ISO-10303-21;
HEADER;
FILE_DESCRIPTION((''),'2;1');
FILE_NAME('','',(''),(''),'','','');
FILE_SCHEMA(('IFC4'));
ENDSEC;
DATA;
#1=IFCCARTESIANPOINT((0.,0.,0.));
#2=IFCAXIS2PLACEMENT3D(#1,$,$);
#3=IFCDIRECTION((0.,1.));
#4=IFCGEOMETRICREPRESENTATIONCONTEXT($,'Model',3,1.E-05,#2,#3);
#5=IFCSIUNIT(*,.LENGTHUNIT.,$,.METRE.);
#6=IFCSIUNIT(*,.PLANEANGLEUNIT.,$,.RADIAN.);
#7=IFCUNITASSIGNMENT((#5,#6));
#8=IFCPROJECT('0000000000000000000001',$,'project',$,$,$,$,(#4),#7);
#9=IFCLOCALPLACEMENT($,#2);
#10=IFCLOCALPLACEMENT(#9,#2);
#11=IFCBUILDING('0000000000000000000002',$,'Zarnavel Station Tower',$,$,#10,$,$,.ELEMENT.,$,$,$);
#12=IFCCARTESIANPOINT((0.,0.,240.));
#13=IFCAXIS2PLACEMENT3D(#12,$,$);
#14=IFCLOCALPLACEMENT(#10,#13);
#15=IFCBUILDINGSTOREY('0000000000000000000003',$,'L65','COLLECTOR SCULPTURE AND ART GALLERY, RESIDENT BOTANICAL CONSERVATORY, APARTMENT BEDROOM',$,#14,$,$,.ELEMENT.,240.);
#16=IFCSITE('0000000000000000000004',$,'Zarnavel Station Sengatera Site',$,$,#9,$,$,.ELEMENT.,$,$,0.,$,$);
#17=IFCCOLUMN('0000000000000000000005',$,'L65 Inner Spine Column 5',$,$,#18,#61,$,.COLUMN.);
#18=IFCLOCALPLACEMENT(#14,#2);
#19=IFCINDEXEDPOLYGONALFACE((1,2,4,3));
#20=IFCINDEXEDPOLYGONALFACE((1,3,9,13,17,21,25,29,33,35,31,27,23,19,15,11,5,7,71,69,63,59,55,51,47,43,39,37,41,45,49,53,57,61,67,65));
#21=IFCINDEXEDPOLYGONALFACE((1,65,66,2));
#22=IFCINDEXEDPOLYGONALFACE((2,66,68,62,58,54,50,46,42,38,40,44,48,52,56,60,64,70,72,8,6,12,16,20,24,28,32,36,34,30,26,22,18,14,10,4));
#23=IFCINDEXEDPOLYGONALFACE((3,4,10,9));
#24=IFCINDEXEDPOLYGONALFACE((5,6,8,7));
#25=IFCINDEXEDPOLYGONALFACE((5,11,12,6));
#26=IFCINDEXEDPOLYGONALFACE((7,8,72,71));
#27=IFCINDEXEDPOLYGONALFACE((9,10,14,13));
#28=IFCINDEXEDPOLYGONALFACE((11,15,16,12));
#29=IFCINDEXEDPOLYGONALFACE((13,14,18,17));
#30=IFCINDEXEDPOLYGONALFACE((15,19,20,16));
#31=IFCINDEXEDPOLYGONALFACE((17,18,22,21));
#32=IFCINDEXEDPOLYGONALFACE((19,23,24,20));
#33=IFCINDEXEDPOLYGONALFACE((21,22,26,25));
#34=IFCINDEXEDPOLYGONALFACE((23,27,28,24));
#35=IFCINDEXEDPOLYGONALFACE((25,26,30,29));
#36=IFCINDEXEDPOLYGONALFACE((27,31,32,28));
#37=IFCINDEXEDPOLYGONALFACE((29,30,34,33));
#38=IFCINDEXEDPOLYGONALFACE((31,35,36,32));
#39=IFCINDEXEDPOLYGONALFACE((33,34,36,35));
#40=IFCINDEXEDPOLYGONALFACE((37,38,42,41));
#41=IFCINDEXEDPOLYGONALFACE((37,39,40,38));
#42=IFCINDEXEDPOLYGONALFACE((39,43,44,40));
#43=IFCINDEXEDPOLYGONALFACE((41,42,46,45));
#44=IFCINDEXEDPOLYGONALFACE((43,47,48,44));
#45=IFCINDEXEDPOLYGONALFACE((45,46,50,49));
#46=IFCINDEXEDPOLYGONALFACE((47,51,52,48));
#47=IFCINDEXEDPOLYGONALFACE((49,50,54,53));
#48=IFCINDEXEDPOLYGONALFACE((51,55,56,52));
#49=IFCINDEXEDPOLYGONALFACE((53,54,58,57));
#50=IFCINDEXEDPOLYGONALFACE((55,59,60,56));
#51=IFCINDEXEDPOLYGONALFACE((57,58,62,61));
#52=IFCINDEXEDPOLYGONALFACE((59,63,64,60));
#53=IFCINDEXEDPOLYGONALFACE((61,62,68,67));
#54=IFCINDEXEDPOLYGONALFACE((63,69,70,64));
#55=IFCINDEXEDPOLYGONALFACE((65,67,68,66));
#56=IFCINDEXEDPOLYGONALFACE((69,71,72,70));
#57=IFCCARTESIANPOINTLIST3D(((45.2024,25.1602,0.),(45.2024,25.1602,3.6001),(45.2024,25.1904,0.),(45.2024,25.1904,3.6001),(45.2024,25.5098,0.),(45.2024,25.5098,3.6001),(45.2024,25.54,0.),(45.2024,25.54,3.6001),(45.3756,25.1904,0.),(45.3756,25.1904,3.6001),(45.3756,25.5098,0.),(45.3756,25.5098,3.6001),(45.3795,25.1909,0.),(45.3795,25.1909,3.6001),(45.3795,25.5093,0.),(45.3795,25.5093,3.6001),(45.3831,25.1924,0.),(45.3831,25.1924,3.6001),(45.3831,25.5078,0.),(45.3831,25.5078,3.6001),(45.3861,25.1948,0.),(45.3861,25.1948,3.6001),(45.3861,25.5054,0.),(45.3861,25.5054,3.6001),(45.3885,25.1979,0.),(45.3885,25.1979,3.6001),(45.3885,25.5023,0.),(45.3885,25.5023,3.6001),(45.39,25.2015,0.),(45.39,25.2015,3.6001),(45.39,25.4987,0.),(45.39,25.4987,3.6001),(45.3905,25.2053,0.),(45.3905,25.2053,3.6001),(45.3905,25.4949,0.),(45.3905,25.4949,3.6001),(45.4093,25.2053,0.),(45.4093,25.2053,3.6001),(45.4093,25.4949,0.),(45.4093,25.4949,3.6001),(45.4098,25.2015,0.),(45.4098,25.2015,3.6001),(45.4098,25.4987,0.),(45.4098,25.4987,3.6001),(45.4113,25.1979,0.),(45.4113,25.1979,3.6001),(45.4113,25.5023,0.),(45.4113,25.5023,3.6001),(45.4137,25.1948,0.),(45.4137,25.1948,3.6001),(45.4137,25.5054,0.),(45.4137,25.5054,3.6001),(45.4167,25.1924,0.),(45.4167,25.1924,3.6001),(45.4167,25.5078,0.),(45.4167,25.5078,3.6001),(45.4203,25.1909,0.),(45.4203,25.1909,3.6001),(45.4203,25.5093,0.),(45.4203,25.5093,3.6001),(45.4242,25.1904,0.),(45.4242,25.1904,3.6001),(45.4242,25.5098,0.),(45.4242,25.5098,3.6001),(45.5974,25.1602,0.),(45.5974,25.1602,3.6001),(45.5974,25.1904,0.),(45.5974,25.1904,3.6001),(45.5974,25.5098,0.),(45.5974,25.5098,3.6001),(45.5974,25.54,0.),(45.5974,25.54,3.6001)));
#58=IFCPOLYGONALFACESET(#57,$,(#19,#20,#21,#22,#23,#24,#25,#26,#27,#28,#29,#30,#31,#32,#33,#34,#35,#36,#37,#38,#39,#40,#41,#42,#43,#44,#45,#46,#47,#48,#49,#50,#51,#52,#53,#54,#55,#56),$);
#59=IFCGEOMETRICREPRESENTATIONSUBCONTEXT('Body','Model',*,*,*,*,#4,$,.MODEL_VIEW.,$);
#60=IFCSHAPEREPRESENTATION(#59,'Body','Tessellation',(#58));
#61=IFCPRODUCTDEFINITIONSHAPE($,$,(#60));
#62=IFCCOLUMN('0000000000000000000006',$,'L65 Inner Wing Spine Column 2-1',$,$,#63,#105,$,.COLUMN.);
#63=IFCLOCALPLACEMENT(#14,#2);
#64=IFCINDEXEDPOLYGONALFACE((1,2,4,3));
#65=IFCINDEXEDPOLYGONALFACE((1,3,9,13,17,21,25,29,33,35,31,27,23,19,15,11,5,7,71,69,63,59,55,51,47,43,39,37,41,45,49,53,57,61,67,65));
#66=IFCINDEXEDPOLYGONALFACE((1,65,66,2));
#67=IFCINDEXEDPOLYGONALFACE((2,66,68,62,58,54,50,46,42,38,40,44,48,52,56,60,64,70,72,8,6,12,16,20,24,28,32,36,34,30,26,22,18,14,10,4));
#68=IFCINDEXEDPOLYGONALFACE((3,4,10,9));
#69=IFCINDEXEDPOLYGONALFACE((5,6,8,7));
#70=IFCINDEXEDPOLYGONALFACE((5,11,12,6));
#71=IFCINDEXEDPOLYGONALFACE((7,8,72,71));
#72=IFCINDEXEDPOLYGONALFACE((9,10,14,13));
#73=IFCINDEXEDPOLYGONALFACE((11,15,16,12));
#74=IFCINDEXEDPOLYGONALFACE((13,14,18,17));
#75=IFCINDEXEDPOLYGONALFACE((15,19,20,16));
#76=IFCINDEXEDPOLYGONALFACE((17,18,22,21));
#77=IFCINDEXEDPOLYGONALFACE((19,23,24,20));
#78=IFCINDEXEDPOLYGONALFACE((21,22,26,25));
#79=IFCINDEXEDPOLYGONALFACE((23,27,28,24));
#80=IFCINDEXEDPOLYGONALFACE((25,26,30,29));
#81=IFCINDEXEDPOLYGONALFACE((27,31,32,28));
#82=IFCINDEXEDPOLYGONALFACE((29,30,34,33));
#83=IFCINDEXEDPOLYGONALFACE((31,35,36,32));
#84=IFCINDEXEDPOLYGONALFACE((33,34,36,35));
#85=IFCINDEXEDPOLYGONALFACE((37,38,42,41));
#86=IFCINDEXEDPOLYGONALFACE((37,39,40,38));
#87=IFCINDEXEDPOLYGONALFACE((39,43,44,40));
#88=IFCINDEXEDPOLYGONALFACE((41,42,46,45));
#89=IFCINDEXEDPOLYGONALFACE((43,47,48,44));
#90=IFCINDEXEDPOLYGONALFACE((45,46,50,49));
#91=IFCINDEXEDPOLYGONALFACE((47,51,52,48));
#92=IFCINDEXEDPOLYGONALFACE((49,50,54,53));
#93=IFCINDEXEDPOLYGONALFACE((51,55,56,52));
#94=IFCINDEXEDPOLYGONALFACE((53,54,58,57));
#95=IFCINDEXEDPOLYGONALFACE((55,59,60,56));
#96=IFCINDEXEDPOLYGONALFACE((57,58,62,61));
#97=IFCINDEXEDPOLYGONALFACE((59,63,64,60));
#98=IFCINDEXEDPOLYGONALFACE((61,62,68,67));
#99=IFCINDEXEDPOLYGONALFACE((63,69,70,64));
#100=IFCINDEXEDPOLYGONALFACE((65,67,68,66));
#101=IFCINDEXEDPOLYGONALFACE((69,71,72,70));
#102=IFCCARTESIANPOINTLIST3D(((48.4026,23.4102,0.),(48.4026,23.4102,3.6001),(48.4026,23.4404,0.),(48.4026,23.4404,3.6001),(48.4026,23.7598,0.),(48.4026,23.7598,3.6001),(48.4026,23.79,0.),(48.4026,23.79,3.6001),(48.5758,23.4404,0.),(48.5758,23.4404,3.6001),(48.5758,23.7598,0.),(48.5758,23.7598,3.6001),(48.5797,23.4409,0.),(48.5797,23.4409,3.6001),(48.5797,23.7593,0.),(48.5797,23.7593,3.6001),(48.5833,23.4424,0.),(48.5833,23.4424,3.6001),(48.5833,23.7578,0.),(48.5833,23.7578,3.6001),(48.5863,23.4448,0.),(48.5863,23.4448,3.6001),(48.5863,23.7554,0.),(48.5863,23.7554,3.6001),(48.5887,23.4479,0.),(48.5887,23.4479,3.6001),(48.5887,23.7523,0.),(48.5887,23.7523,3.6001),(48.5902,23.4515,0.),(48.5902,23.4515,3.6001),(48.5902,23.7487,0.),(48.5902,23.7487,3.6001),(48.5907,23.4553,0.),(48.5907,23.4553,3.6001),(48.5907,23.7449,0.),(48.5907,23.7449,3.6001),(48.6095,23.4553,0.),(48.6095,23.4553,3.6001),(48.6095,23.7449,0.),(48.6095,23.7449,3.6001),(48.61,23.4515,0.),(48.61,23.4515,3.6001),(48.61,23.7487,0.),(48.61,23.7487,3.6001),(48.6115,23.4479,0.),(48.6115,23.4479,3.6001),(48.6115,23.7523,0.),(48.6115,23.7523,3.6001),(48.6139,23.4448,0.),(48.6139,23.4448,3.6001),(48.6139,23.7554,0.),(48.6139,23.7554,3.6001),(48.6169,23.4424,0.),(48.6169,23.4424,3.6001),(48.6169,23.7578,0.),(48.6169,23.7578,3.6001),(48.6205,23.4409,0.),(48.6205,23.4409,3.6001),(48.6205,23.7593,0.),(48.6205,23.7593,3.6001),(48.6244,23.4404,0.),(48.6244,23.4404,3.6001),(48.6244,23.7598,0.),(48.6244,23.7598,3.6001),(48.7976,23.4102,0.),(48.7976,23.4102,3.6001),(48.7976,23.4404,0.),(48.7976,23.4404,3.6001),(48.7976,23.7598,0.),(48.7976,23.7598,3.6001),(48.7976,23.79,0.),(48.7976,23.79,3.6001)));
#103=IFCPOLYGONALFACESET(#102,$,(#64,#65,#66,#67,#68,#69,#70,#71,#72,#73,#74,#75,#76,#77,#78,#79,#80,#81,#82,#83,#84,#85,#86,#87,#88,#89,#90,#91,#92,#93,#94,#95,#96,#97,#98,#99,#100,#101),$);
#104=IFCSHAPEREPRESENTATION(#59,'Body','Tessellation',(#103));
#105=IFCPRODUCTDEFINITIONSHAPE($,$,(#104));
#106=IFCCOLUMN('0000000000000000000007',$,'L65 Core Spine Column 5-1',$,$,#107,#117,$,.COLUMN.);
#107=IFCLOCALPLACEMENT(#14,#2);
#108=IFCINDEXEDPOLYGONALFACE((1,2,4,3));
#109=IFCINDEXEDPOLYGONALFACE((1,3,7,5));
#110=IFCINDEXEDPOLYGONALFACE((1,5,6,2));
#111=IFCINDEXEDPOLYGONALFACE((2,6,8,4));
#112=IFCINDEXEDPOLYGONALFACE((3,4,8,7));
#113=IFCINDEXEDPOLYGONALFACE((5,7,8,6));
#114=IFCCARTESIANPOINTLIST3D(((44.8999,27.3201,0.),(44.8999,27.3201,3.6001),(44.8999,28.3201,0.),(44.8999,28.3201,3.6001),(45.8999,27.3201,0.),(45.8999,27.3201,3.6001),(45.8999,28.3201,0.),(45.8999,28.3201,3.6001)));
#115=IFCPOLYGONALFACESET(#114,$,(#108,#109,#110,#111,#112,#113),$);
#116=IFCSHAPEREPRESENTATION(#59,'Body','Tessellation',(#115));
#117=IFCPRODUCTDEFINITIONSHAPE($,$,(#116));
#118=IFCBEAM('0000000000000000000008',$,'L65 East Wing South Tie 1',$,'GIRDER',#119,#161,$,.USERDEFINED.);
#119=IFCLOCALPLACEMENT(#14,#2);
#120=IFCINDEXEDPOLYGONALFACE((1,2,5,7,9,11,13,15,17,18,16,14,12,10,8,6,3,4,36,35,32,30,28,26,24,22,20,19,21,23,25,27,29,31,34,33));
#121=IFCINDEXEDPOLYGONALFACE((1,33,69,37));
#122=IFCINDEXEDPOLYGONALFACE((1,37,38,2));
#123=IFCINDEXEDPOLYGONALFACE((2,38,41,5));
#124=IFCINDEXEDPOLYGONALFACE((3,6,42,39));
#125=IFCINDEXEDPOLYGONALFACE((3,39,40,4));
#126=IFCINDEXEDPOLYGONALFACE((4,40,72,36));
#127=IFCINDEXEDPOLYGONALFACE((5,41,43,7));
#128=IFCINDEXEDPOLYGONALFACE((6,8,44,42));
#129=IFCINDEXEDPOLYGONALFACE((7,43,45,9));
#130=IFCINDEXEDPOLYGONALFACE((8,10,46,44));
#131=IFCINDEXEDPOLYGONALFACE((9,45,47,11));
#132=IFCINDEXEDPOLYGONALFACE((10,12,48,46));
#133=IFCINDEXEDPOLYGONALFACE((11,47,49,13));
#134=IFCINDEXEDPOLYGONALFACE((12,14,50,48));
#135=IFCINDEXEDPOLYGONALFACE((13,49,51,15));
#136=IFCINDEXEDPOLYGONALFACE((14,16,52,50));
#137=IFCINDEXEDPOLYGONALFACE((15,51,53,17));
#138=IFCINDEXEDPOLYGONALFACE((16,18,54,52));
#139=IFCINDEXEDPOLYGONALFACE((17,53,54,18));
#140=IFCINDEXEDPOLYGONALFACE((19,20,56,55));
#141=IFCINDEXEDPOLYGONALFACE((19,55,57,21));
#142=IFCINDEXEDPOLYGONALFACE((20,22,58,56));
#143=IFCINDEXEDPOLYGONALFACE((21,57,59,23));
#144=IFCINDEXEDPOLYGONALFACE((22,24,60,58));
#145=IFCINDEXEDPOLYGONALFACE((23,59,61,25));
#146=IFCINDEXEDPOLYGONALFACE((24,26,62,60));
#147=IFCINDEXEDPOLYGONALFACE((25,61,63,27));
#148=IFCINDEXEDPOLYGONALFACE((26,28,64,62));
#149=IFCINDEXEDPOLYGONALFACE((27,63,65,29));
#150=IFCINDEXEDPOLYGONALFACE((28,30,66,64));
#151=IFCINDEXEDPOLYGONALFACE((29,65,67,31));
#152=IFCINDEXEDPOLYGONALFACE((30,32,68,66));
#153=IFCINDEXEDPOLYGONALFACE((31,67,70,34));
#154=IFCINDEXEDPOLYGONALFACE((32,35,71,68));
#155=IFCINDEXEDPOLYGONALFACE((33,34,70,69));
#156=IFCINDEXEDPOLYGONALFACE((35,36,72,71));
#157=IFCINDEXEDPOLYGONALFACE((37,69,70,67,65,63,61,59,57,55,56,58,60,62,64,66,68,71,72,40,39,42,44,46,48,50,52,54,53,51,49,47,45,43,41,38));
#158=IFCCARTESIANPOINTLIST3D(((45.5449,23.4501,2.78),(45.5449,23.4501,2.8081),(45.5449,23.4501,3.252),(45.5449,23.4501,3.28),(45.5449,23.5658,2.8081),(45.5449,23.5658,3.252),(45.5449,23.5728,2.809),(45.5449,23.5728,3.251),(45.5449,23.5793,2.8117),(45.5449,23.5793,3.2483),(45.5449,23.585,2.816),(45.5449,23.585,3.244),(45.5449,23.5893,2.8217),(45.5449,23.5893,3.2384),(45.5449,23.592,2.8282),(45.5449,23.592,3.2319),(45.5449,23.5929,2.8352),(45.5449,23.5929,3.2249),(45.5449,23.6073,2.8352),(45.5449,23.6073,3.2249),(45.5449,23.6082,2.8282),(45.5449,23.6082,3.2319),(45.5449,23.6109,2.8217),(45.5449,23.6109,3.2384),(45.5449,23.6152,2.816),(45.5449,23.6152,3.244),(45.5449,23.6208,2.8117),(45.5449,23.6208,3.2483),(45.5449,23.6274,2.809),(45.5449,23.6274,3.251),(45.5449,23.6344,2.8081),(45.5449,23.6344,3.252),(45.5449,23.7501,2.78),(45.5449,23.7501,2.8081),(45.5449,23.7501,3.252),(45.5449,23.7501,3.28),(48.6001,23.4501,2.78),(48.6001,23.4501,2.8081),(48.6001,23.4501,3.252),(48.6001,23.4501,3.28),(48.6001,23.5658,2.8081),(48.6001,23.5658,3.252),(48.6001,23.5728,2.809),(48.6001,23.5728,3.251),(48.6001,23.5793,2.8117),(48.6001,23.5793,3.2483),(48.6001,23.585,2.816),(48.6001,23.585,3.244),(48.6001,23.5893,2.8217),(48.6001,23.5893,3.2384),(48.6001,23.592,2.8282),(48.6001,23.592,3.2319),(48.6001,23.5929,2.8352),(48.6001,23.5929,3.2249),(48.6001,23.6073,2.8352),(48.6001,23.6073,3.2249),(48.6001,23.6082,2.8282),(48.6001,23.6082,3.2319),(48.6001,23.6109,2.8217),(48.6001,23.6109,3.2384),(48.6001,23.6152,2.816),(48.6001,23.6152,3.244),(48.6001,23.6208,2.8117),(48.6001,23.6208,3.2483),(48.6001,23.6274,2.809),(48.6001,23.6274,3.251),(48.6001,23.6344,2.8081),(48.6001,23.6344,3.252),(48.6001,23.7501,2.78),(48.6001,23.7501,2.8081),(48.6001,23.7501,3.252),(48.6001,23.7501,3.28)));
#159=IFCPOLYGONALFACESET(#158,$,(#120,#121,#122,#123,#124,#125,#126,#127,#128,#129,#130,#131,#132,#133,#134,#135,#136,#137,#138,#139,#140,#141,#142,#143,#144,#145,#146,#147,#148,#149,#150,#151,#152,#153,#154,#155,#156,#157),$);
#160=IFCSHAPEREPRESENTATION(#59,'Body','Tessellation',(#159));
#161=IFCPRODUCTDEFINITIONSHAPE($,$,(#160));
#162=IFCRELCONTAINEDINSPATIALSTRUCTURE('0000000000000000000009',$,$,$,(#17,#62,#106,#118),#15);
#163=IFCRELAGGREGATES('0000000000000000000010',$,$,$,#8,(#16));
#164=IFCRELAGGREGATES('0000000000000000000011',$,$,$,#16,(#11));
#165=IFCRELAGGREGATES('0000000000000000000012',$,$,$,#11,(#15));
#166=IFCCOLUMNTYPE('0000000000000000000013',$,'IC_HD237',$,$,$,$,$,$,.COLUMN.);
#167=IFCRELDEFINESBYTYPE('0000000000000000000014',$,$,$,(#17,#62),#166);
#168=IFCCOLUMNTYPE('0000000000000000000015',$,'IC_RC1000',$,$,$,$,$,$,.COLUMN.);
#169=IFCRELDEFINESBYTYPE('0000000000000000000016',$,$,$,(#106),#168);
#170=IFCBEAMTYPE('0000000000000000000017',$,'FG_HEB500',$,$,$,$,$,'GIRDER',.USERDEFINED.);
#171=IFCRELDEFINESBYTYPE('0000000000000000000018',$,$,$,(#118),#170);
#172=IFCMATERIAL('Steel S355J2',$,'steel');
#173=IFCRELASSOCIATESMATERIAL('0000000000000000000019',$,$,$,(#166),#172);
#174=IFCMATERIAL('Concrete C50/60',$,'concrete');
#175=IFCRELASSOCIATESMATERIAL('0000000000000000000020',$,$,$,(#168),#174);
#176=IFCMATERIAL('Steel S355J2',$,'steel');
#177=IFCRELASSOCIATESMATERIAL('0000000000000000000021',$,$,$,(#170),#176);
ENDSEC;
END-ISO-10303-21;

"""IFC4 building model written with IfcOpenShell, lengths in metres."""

from ifc_helpers import new_model, si_unit, direction, frame, origin, origin_2d, place, context, subcontext, project, spatial, rectangle, i_section, extrude, material, material_profile, profile_set, type_object, element, save


model = new_model("IFC4")

# Units and contexts
model_context = context("Model", 3, precision=1e-05, world=origin(), true_north=direction((0.0, 1.0)))
body_context = subcontext(model_context, "Body", "Model", "MODEL_VIEW")
ifc_project = project(units=[si_unit("LENGTHUNIT", "METRE"), si_unit("PLANEANGLEUNIT", "RADIAN")], contexts=[model_context])

# Site, building, storey
site_placement = place(None, origin())
site = spatial("IfcSite", under=ifc_project, at=site_placement, Name="Zarnavel Station Sengatera Site", CompositionType="ELEMENT", RefElevation=0.0)
building_placement = place(site_placement, origin())
building = spatial("IfcBuilding", under=site, at=building_placement, Name="Zarnavel Station Tower", CompositionType="ELEMENT")
storey_placement = place(building_placement, frame((0.0, 0.0, 240.0)))
storey = spatial("IfcBuildingStorey", under=building, at=storey_placement, Name="L65", Description="COLLECTOR SCULPTURE AND ART GALLERY, RESIDENT BOTANICAL CONSERVATORY, APARTMENT BEDROOM", CompositionType="ELEMENT", Elevation=240.0)

# Columns
ifc_material_1 = material(Name="Steel S355J2", Category="steel")
ifc_material_profile_1 = material_profile(ifc_material_1, i_section(OverallWidth=0.395, OverallDepth=0.3799, WebThickness=0.0188, FlangeThickness=0.0303, FilletRadius=0.0149, at=origin_2d()), Name="HD400x237")
ifc_profile_set_1 = profile_set([ifc_material_profile_1], Name="Steel S355J2")
column_type_1 = type_object("IfcColumnType", Name="IC_HD237", PredefinedType="COLUMN", material=ifc_profile_set_1)
for number, where, z_axis, x_axis, name in (
    (1, (45.3999, 25.3501, 0.0), (0.0, 0.0, 1.0), (1.0, 0.0, 0.0), "L65 Inner Spine Column 5"),
    (2, (48.6001, 23.6001, 0.0), (0.0, 0.0, 1.0), (1.0, 0.0, 0.0), "L65 Inner Wing Spine Column 2-1"),
):
    element("IfcColumn", number, at=place(storey_placement, frame(where, z_axis=z_axis, x_axis=x_axis)), inside=storey, type_object=column_type_1, Name=name, PredefinedType="COLUMN", context=body_context, shape_type="SweptSolid", body=[
        extrude(i_section(OverallWidth=0.395, OverallDepth=0.3799, WebThickness=0.0188, FlangeThickness=0.0303, FilletRadius=0.0149, at=origin_2d()), origin(), (0.0, 0.0, 1.0), 3.6001),
    ])
ifc_material_2 = material(Name="Concrete C50/60", Category="concrete")
ifc_material_profile_2 = material_profile(ifc_material_2, rectangle(XDim=1.0, YDim=1.0, at=origin_2d()), Name="RC1000x1000")
ifc_profile_set_2 = profile_set([ifc_material_profile_2], Name="Concrete C50/60")
column_type_2 = type_object("IfcColumnType", Name="IC_RC1000", PredefinedType="COLUMN", material=ifc_profile_set_2)
column_placement = place(storey_placement, frame((45.3999, 27.8201, 0.0), z_axis=(0.0, 0.0, 1.0), x_axis=(1.0, 0.0, 0.0)))
element("IfcColumn", 3, at=column_placement, inside=storey, type_object=column_type_2, Name="L65 Core Spine Column 5-1", PredefinedType="COLUMN", context=body_context, shape_type="SweptSolid", body=[
    extrude(rectangle(XDim=1.0, YDim=1.0, at=origin_2d()), origin(), (0.0, 0.0, 1.0), 3.6001),
])

# Beam
ifc_material_3 = material(Name="Steel S355J2", Category="steel")
ifc_material_profile_3 = material_profile(ifc_material_3, i_section(OverallWidth=0.3, OverallDepth=0.5, WebThickness=0.0144, FlangeThickness=0.0281, FilletRadius=0.0271, at=origin_2d()), Name="HEB500")
ifc_profile_set_3 = profile_set([ifc_material_profile_3], Name="Steel S355J2")
beam_type_1 = type_object("IfcBeamType", Name="FG_HEB500", ElementType="GIRDER", PredefinedType="USERDEFINED", material=ifc_profile_set_3)
beam_1_placement = place(storey_placement, frame((45.5449, 23.6001, 3.03), z_axis=(1.0, 0.0, 0.0), x_axis=(0.0, 1.0, 0.0)))
element("IfcBeam", 4, at=beam_1_placement, inside=storey, type_object=beam_type_1, Name="L65 East Wing South Tie 1", ObjectType="GIRDER", PredefinedType="USERDEFINED", context=body_context, shape_type="SweptSolid", body=[
    extrude(i_section(OverallWidth=0.3, OverallDepth=0.5, WebThickness=0.0144, FlangeThickness=0.0281, FilletRadius=0.0271, at=origin_2d()), origin(), (0.0, 0.0, 1.0), 3.0552),
])

save(model, "model.ifc")
